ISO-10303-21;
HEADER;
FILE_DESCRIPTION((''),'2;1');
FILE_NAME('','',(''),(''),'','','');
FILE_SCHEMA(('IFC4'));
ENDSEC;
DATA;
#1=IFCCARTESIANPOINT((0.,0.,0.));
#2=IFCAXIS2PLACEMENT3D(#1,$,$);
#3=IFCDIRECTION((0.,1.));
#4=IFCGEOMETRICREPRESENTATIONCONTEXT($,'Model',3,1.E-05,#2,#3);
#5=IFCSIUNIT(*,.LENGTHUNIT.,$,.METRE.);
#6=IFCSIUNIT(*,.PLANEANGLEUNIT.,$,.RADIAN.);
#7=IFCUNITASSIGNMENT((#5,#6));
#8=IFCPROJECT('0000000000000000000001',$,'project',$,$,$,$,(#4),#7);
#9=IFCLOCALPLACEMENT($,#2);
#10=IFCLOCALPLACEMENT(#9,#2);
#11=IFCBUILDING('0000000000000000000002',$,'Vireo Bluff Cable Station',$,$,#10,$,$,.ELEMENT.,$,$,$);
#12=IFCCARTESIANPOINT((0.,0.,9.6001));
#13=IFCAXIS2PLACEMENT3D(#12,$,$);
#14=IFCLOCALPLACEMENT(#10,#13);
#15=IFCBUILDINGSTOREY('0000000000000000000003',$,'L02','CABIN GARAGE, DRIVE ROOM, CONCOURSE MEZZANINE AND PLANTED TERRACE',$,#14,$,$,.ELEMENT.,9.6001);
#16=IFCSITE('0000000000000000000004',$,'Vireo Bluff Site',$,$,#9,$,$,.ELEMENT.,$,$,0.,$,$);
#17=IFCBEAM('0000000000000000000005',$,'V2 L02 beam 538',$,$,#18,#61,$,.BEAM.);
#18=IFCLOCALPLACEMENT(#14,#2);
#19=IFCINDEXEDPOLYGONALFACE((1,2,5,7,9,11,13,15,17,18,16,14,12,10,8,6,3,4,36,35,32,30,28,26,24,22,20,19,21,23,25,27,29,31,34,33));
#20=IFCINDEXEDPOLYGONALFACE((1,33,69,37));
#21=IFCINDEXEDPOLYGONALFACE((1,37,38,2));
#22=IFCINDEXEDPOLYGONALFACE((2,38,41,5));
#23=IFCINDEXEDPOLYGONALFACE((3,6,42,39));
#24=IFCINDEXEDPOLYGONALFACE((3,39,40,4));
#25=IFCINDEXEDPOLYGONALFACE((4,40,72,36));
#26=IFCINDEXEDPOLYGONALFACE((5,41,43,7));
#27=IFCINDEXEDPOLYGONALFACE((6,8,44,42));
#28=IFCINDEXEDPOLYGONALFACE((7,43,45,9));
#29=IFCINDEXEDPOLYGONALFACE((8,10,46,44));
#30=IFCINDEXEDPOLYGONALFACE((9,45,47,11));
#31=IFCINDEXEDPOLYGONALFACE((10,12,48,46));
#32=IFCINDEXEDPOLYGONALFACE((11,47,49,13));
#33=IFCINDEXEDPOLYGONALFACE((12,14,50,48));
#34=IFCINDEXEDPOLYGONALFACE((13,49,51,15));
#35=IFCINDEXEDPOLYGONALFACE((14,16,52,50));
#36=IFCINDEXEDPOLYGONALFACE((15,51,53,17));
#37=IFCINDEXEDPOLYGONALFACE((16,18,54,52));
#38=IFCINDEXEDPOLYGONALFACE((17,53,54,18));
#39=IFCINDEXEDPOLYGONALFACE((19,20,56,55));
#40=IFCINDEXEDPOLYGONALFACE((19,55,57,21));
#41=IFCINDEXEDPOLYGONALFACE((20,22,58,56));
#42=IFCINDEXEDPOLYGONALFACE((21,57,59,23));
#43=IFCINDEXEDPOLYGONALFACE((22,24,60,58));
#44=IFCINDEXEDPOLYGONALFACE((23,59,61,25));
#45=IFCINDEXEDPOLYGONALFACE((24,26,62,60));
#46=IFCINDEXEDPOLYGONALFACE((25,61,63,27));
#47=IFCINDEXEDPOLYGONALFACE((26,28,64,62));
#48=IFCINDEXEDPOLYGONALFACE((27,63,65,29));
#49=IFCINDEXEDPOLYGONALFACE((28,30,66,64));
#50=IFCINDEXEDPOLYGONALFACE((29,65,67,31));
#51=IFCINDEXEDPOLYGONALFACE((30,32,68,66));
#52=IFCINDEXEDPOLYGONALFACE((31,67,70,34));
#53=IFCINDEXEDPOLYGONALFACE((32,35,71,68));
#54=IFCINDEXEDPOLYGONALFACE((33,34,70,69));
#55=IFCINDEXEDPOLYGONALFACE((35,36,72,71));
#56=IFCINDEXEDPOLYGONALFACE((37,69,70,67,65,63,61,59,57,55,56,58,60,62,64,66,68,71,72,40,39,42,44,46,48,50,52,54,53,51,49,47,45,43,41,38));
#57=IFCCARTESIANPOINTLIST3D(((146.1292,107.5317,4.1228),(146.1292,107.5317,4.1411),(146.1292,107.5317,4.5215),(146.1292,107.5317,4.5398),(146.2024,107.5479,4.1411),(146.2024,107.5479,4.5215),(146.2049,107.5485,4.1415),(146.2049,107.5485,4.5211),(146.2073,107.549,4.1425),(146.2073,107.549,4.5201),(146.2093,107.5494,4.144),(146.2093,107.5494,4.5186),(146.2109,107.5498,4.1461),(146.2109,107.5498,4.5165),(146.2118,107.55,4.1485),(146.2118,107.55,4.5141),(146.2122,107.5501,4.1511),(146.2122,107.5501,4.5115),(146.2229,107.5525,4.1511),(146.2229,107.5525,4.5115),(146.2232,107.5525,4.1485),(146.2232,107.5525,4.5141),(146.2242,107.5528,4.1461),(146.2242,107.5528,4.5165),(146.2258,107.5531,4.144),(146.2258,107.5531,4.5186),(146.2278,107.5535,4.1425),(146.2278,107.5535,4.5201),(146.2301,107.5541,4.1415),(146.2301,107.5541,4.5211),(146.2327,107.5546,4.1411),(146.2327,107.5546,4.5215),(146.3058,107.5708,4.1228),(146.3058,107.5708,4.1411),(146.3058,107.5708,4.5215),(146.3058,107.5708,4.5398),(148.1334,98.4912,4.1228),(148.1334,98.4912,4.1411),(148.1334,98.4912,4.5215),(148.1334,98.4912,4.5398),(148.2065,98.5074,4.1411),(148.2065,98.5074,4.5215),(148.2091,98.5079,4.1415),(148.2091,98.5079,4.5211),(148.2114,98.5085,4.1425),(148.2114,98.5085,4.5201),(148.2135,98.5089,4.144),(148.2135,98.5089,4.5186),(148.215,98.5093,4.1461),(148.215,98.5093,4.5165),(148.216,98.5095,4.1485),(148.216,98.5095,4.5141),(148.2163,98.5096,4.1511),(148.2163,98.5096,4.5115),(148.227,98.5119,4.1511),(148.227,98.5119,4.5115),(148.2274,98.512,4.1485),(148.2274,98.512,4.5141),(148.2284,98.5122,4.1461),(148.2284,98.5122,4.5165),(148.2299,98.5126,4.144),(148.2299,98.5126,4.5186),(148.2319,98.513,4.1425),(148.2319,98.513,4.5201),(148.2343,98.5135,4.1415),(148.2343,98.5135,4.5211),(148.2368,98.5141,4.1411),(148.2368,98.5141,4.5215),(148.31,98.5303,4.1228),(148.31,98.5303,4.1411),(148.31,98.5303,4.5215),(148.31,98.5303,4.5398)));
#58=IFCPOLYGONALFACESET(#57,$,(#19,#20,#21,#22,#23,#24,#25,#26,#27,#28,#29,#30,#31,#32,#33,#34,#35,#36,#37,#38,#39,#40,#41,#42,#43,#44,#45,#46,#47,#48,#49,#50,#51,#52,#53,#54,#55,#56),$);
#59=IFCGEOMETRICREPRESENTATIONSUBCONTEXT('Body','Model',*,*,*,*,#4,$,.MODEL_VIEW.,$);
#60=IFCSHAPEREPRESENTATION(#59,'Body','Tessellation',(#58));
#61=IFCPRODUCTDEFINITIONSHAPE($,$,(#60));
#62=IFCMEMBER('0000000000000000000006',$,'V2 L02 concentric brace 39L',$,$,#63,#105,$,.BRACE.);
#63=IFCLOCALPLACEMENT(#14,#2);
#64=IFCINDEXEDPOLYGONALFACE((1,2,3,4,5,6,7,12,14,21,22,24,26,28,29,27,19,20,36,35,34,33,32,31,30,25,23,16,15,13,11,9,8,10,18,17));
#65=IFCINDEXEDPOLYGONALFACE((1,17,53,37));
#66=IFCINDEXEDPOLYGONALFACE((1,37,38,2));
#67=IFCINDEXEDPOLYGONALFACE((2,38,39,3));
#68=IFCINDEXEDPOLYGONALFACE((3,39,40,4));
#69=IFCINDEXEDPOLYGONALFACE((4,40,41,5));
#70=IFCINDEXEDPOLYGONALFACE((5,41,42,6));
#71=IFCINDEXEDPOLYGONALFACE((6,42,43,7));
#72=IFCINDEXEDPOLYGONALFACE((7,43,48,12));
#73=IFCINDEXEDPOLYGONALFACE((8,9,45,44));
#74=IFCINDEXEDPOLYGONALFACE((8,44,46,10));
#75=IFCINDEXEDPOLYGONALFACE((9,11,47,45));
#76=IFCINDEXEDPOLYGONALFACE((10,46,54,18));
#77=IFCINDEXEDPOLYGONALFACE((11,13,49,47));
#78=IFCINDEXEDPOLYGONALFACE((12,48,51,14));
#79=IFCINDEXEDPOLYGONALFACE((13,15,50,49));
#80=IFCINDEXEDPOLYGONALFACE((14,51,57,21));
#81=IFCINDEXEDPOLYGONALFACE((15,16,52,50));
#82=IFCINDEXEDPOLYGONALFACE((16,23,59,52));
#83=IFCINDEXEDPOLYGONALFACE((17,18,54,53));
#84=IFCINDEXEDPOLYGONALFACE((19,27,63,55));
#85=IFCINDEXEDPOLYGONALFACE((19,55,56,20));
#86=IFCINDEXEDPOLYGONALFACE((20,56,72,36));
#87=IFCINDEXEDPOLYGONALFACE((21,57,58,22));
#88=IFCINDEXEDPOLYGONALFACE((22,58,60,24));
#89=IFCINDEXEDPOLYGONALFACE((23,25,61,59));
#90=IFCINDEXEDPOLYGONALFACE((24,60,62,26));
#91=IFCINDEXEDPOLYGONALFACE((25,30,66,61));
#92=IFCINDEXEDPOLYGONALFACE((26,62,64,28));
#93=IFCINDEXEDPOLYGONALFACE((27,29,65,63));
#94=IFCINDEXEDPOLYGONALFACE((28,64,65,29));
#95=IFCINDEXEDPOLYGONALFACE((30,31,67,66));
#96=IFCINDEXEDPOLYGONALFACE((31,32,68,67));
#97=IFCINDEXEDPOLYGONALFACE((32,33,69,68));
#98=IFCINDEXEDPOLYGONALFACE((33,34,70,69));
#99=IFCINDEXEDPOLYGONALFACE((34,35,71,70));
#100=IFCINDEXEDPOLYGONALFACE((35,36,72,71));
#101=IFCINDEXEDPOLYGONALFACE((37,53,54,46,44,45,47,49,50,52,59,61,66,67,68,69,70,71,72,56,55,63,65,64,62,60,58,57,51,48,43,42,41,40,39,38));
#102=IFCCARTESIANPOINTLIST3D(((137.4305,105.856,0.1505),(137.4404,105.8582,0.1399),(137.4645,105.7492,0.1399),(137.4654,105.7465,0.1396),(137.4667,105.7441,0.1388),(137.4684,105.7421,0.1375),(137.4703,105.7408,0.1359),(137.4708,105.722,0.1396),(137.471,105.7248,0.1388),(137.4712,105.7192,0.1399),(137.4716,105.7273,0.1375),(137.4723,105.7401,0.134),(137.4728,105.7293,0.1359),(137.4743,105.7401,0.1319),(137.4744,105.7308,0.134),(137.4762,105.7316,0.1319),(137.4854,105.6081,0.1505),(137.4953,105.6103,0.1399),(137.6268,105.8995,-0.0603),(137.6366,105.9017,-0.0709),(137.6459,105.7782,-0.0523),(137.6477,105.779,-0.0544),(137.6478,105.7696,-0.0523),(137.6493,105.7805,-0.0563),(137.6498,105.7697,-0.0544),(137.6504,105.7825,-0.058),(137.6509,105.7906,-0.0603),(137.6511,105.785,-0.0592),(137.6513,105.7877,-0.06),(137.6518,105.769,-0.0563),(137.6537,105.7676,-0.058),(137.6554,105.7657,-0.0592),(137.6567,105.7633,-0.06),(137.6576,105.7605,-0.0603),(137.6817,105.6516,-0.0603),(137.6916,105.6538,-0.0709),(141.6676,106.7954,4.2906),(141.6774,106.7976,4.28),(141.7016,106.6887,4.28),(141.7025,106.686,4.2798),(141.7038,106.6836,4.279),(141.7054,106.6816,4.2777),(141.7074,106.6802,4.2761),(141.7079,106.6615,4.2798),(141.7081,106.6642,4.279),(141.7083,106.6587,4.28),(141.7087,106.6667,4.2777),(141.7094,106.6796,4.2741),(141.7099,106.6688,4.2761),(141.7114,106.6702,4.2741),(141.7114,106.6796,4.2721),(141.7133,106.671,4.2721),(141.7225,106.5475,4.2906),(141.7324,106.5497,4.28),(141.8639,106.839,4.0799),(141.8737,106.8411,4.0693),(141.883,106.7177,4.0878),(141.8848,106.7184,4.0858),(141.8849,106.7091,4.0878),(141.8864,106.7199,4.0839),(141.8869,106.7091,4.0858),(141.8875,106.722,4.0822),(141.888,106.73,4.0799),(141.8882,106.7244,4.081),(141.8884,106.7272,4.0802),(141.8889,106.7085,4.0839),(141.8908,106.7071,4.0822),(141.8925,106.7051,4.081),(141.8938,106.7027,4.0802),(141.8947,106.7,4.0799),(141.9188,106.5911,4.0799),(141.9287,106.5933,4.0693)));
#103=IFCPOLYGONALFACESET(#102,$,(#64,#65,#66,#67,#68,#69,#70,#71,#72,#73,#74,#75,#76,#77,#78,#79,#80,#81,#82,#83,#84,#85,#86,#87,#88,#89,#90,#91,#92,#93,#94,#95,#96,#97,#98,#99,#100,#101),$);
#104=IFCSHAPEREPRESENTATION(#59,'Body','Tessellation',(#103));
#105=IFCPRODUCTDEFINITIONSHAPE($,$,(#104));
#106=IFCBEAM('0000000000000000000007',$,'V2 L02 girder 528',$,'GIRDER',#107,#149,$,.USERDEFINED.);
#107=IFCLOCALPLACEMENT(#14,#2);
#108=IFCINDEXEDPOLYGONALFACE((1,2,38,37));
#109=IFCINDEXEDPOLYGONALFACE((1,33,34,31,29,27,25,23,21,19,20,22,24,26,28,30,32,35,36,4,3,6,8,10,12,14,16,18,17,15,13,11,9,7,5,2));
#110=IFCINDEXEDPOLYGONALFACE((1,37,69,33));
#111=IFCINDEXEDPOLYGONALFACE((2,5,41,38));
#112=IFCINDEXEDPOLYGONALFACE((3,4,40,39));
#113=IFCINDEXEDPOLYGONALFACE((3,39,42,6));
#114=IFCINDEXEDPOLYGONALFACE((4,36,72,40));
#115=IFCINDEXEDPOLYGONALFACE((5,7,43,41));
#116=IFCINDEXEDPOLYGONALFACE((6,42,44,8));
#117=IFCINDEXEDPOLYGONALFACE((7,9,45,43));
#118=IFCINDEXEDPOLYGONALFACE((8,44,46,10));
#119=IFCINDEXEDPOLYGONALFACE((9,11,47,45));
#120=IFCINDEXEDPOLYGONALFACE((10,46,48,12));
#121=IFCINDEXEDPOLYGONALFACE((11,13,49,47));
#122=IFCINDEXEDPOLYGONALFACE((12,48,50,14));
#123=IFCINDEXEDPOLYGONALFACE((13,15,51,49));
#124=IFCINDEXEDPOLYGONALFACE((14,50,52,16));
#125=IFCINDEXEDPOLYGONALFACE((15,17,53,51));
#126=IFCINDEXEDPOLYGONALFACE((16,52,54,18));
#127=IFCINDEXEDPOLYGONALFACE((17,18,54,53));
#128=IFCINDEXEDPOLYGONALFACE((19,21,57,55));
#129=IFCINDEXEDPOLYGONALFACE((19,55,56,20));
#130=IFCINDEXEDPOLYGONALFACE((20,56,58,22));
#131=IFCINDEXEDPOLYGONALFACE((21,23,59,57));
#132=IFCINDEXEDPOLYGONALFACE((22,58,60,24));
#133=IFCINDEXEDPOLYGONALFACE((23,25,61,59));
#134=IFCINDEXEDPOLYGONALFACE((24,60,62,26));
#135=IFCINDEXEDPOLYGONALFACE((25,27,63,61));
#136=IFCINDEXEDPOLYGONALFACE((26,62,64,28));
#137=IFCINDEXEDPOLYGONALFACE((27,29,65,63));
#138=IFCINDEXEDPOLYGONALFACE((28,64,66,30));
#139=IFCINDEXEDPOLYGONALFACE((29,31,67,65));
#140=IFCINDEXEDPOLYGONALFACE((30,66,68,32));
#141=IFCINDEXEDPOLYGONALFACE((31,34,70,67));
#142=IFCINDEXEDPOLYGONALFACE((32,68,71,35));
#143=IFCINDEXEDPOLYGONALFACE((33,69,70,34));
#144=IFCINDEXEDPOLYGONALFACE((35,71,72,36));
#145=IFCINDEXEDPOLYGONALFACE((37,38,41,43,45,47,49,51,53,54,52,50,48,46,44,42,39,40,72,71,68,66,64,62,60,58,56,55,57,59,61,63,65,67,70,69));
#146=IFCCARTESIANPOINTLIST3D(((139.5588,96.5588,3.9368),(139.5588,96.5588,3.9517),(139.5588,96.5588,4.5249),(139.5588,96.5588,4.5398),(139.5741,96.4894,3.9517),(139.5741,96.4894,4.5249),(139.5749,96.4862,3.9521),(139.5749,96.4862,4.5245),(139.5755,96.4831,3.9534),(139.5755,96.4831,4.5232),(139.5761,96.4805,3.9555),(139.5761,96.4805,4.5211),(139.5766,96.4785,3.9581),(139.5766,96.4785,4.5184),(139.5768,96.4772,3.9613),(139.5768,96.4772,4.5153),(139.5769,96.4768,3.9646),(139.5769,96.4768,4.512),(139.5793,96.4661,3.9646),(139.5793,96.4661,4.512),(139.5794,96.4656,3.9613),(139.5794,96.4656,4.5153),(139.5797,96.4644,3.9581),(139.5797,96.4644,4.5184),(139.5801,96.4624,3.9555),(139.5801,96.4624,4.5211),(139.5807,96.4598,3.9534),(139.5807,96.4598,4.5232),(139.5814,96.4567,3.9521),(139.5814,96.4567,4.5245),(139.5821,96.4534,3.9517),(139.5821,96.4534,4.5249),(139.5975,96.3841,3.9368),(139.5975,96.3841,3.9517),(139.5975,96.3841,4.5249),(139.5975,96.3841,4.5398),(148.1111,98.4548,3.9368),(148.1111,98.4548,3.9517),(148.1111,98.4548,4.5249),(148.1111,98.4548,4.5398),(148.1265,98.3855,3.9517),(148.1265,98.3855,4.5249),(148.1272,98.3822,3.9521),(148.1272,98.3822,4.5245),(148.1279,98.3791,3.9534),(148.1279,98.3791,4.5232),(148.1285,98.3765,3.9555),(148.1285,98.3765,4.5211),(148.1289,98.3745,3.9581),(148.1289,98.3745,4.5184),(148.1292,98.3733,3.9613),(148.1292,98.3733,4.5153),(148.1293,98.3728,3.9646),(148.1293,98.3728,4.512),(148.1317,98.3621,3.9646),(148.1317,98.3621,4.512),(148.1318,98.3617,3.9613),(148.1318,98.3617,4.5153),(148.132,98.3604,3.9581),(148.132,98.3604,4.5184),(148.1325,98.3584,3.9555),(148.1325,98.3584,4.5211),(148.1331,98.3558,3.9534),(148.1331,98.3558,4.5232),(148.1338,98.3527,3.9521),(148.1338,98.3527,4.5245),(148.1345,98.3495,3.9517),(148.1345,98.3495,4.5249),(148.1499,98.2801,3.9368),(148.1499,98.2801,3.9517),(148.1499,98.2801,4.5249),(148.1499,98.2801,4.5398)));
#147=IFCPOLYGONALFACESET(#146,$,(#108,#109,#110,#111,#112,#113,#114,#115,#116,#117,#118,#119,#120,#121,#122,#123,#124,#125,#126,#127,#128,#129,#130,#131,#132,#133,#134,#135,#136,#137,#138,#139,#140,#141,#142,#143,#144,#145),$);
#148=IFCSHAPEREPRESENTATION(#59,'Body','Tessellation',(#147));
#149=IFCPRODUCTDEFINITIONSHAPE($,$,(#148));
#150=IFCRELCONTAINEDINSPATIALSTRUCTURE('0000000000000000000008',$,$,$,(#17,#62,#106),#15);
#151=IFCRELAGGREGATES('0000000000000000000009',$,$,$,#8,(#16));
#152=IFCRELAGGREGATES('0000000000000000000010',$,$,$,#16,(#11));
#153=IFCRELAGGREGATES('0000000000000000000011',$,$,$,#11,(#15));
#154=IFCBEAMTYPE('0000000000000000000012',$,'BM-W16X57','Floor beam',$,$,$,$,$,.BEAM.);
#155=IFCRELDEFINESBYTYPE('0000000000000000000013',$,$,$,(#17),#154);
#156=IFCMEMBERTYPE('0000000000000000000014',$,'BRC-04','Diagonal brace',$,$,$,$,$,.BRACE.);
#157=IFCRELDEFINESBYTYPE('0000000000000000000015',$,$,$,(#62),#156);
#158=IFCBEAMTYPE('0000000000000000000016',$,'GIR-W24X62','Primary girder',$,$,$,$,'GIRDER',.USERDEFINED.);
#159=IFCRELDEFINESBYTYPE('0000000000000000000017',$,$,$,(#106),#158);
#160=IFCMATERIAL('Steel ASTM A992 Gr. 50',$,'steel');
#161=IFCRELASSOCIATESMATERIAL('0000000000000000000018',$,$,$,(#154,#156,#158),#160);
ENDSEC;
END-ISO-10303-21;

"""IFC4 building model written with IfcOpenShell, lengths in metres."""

from ifc_helpers import new_model, si_unit, direction, frame, origin, origin_2d, place, context, subcontext, project, spatial, i_section, extrude, material, material_profile, profile_set, type_object, element, save


model = new_model("IFC4")

# Units and contexts
model_context = context("Model", 3, precision=1e-05, world=origin(), true_north=direction((0.0, 1.0)))
body_context = subcontext(model_context, "Body", "Model", "MODEL_VIEW")
ifc_project = project(units=[si_unit("LENGTHUNIT", "METRE"), si_unit("PLANEANGLEUNIT", "RADIAN")], contexts=[model_context])

# Site, building, storey
site_placement = place(None, origin())
site = spatial("IfcSite", under=ifc_project, at=site_placement, Name="Vireo Bluff Site", CompositionType="ELEMENT", RefElevation=0.0)
building_placement = place(site_placement, origin())
building = spatial("IfcBuilding", under=site, at=building_placement, Name="Vireo Bluff Cable Station", CompositionType="ELEMENT")
storey_placement = place(building_placement, frame((0.0, 0.0, 9.6001)))
storey = spatial("IfcBuildingStorey", under=building, at=storey_placement, Name="L02", Description="CABIN GARAGE, DRIVE ROOM, CONCOURSE MEZZANINE AND PLANTED TERRACE", CompositionType="ELEMENT", Elevation=9.6001)

# Shared definitions
ifc_material_1 = material(Name="Steel ASTM A992 Gr. 50", Category="steel")

# Beam
ifc_material_profile_1 = material_profile(ifc_material_1, i_section(OverallWidth=0.1809, OverallDepth=0.417, WebThickness=0.011, FlangeThickness=0.0183, FilletRadius=0.01, at=origin_2d()), Name="W16X57")
ifc_profile_set_1 = profile_set([ifc_material_profile_1], Name="Steel ASTM A992 Gr. 50")
beam_type_1 = type_object("IfcBeamType", Name="BM-W16X57", Description="Floor beam", PredefinedType="BEAM", material=ifc_profile_set_1)
beam_1_placement = place(storey_placement, frame((148.2217, 98.5107, 4.3313), z_axis=(-0.216431, 0.976298, 0.0), x_axis=(-0.976298, -0.216431, 0.0)))
element("IfcBeam", 1, at=beam_1_placement, inside=storey, type_object=beam_type_1, Name="V2 L02 beam 538", PredefinedType="BEAM", context=body_context, shape_type="SweptSolid", body=[
    extrude(i_section(OverallWidth=0.1809, OverallDepth=0.417, WebThickness=0.011, FlangeThickness=0.0183, FilletRadius=0.01, at=origin_2d()), origin(), (0.0, 0.0, 1.0), 9.26),
])

# Member
ifc_material_profile_2 = material_profile(ifc_material_1, i_section(OverallWidth=0.2539, OverallDepth=0.3059, WebThickness=0.0088, FlangeThickness=0.0146, FilletRadius=0.011, at=origin_2d()), Name="W12X53")
ifc_profile_set_2 = profile_set([ifc_material_profile_2], Name="Steel ASTM A992 Gr. 50")
member_type = type_object("IfcMemberType", Name="BRC-04", Description="Diagonal brace", PredefinedType="BRACE", material=ifc_profile_set_2)
member_placement = place(storey_placement, frame((137.561, 105.7549, 0.0398), z_axis=(0.706412, 0.156628, 0.690253), x_axis=(-0.216466, 0.97629, 0.0)))
element("IfcMember", 2, at=member_placement, inside=storey, type_object=member_type, Name="V2 L02 concentric brace 39L", PredefinedType="BRACE", context=body_context, shape_type="SweptSolid", body=[
    extrude(i_section(OverallWidth=0.2539, OverallDepth=0.3059, WebThickness=0.0088, FlangeThickness=0.0146, FilletRadius=0.011, at=origin_2d()), origin(), (0.0, 0.0, 1.0), 5.998),
])

# Beam
ifc_material_profile_3 = material_profile(ifc_material_1, i_section(OverallWidth=0.179, OverallDepth=0.603, WebThickness=0.011, FlangeThickness=0.0149, FilletRadius=0.0129, at=origin_2d()), Name="W24X62")
ifc_profile_set_3 = profile_set([ifc_material_profile_3], Name="Steel ASTM A992 Gr. 50")
beam_type_2 = type_object("IfcBeamType", Name="GIR-W24X62", Description="Primary girder", ElementType="GIRDER", PredefinedType="USERDEFINED", material=ifc_profile_set_3)
beam_2_placement = place(storey_placement, frame((139.5781, 96.4714, 4.2383), z_axis=(0.976296, 0.216441, 0.0), x_axis=(-0.216441, 0.976296, 0.0)))
element("IfcBeam", 3, at=beam_2_placement, inside=storey, type_object=beam_type_2, Name="V2 L02 girder 528", ObjectType="GIRDER", PredefinedType="USERDEFINED", context=body_context, shape_type="SweptSolid", body=[
    extrude(i_section(OverallWidth=0.179, OverallDepth=0.603, WebThickness=0.011, FlangeThickness=0.0149, FilletRadius=0.0129, at=origin_2d()), origin(), (0.0, 0.0, 1.0), 8.76),
])

save(model, "model.ifc")
